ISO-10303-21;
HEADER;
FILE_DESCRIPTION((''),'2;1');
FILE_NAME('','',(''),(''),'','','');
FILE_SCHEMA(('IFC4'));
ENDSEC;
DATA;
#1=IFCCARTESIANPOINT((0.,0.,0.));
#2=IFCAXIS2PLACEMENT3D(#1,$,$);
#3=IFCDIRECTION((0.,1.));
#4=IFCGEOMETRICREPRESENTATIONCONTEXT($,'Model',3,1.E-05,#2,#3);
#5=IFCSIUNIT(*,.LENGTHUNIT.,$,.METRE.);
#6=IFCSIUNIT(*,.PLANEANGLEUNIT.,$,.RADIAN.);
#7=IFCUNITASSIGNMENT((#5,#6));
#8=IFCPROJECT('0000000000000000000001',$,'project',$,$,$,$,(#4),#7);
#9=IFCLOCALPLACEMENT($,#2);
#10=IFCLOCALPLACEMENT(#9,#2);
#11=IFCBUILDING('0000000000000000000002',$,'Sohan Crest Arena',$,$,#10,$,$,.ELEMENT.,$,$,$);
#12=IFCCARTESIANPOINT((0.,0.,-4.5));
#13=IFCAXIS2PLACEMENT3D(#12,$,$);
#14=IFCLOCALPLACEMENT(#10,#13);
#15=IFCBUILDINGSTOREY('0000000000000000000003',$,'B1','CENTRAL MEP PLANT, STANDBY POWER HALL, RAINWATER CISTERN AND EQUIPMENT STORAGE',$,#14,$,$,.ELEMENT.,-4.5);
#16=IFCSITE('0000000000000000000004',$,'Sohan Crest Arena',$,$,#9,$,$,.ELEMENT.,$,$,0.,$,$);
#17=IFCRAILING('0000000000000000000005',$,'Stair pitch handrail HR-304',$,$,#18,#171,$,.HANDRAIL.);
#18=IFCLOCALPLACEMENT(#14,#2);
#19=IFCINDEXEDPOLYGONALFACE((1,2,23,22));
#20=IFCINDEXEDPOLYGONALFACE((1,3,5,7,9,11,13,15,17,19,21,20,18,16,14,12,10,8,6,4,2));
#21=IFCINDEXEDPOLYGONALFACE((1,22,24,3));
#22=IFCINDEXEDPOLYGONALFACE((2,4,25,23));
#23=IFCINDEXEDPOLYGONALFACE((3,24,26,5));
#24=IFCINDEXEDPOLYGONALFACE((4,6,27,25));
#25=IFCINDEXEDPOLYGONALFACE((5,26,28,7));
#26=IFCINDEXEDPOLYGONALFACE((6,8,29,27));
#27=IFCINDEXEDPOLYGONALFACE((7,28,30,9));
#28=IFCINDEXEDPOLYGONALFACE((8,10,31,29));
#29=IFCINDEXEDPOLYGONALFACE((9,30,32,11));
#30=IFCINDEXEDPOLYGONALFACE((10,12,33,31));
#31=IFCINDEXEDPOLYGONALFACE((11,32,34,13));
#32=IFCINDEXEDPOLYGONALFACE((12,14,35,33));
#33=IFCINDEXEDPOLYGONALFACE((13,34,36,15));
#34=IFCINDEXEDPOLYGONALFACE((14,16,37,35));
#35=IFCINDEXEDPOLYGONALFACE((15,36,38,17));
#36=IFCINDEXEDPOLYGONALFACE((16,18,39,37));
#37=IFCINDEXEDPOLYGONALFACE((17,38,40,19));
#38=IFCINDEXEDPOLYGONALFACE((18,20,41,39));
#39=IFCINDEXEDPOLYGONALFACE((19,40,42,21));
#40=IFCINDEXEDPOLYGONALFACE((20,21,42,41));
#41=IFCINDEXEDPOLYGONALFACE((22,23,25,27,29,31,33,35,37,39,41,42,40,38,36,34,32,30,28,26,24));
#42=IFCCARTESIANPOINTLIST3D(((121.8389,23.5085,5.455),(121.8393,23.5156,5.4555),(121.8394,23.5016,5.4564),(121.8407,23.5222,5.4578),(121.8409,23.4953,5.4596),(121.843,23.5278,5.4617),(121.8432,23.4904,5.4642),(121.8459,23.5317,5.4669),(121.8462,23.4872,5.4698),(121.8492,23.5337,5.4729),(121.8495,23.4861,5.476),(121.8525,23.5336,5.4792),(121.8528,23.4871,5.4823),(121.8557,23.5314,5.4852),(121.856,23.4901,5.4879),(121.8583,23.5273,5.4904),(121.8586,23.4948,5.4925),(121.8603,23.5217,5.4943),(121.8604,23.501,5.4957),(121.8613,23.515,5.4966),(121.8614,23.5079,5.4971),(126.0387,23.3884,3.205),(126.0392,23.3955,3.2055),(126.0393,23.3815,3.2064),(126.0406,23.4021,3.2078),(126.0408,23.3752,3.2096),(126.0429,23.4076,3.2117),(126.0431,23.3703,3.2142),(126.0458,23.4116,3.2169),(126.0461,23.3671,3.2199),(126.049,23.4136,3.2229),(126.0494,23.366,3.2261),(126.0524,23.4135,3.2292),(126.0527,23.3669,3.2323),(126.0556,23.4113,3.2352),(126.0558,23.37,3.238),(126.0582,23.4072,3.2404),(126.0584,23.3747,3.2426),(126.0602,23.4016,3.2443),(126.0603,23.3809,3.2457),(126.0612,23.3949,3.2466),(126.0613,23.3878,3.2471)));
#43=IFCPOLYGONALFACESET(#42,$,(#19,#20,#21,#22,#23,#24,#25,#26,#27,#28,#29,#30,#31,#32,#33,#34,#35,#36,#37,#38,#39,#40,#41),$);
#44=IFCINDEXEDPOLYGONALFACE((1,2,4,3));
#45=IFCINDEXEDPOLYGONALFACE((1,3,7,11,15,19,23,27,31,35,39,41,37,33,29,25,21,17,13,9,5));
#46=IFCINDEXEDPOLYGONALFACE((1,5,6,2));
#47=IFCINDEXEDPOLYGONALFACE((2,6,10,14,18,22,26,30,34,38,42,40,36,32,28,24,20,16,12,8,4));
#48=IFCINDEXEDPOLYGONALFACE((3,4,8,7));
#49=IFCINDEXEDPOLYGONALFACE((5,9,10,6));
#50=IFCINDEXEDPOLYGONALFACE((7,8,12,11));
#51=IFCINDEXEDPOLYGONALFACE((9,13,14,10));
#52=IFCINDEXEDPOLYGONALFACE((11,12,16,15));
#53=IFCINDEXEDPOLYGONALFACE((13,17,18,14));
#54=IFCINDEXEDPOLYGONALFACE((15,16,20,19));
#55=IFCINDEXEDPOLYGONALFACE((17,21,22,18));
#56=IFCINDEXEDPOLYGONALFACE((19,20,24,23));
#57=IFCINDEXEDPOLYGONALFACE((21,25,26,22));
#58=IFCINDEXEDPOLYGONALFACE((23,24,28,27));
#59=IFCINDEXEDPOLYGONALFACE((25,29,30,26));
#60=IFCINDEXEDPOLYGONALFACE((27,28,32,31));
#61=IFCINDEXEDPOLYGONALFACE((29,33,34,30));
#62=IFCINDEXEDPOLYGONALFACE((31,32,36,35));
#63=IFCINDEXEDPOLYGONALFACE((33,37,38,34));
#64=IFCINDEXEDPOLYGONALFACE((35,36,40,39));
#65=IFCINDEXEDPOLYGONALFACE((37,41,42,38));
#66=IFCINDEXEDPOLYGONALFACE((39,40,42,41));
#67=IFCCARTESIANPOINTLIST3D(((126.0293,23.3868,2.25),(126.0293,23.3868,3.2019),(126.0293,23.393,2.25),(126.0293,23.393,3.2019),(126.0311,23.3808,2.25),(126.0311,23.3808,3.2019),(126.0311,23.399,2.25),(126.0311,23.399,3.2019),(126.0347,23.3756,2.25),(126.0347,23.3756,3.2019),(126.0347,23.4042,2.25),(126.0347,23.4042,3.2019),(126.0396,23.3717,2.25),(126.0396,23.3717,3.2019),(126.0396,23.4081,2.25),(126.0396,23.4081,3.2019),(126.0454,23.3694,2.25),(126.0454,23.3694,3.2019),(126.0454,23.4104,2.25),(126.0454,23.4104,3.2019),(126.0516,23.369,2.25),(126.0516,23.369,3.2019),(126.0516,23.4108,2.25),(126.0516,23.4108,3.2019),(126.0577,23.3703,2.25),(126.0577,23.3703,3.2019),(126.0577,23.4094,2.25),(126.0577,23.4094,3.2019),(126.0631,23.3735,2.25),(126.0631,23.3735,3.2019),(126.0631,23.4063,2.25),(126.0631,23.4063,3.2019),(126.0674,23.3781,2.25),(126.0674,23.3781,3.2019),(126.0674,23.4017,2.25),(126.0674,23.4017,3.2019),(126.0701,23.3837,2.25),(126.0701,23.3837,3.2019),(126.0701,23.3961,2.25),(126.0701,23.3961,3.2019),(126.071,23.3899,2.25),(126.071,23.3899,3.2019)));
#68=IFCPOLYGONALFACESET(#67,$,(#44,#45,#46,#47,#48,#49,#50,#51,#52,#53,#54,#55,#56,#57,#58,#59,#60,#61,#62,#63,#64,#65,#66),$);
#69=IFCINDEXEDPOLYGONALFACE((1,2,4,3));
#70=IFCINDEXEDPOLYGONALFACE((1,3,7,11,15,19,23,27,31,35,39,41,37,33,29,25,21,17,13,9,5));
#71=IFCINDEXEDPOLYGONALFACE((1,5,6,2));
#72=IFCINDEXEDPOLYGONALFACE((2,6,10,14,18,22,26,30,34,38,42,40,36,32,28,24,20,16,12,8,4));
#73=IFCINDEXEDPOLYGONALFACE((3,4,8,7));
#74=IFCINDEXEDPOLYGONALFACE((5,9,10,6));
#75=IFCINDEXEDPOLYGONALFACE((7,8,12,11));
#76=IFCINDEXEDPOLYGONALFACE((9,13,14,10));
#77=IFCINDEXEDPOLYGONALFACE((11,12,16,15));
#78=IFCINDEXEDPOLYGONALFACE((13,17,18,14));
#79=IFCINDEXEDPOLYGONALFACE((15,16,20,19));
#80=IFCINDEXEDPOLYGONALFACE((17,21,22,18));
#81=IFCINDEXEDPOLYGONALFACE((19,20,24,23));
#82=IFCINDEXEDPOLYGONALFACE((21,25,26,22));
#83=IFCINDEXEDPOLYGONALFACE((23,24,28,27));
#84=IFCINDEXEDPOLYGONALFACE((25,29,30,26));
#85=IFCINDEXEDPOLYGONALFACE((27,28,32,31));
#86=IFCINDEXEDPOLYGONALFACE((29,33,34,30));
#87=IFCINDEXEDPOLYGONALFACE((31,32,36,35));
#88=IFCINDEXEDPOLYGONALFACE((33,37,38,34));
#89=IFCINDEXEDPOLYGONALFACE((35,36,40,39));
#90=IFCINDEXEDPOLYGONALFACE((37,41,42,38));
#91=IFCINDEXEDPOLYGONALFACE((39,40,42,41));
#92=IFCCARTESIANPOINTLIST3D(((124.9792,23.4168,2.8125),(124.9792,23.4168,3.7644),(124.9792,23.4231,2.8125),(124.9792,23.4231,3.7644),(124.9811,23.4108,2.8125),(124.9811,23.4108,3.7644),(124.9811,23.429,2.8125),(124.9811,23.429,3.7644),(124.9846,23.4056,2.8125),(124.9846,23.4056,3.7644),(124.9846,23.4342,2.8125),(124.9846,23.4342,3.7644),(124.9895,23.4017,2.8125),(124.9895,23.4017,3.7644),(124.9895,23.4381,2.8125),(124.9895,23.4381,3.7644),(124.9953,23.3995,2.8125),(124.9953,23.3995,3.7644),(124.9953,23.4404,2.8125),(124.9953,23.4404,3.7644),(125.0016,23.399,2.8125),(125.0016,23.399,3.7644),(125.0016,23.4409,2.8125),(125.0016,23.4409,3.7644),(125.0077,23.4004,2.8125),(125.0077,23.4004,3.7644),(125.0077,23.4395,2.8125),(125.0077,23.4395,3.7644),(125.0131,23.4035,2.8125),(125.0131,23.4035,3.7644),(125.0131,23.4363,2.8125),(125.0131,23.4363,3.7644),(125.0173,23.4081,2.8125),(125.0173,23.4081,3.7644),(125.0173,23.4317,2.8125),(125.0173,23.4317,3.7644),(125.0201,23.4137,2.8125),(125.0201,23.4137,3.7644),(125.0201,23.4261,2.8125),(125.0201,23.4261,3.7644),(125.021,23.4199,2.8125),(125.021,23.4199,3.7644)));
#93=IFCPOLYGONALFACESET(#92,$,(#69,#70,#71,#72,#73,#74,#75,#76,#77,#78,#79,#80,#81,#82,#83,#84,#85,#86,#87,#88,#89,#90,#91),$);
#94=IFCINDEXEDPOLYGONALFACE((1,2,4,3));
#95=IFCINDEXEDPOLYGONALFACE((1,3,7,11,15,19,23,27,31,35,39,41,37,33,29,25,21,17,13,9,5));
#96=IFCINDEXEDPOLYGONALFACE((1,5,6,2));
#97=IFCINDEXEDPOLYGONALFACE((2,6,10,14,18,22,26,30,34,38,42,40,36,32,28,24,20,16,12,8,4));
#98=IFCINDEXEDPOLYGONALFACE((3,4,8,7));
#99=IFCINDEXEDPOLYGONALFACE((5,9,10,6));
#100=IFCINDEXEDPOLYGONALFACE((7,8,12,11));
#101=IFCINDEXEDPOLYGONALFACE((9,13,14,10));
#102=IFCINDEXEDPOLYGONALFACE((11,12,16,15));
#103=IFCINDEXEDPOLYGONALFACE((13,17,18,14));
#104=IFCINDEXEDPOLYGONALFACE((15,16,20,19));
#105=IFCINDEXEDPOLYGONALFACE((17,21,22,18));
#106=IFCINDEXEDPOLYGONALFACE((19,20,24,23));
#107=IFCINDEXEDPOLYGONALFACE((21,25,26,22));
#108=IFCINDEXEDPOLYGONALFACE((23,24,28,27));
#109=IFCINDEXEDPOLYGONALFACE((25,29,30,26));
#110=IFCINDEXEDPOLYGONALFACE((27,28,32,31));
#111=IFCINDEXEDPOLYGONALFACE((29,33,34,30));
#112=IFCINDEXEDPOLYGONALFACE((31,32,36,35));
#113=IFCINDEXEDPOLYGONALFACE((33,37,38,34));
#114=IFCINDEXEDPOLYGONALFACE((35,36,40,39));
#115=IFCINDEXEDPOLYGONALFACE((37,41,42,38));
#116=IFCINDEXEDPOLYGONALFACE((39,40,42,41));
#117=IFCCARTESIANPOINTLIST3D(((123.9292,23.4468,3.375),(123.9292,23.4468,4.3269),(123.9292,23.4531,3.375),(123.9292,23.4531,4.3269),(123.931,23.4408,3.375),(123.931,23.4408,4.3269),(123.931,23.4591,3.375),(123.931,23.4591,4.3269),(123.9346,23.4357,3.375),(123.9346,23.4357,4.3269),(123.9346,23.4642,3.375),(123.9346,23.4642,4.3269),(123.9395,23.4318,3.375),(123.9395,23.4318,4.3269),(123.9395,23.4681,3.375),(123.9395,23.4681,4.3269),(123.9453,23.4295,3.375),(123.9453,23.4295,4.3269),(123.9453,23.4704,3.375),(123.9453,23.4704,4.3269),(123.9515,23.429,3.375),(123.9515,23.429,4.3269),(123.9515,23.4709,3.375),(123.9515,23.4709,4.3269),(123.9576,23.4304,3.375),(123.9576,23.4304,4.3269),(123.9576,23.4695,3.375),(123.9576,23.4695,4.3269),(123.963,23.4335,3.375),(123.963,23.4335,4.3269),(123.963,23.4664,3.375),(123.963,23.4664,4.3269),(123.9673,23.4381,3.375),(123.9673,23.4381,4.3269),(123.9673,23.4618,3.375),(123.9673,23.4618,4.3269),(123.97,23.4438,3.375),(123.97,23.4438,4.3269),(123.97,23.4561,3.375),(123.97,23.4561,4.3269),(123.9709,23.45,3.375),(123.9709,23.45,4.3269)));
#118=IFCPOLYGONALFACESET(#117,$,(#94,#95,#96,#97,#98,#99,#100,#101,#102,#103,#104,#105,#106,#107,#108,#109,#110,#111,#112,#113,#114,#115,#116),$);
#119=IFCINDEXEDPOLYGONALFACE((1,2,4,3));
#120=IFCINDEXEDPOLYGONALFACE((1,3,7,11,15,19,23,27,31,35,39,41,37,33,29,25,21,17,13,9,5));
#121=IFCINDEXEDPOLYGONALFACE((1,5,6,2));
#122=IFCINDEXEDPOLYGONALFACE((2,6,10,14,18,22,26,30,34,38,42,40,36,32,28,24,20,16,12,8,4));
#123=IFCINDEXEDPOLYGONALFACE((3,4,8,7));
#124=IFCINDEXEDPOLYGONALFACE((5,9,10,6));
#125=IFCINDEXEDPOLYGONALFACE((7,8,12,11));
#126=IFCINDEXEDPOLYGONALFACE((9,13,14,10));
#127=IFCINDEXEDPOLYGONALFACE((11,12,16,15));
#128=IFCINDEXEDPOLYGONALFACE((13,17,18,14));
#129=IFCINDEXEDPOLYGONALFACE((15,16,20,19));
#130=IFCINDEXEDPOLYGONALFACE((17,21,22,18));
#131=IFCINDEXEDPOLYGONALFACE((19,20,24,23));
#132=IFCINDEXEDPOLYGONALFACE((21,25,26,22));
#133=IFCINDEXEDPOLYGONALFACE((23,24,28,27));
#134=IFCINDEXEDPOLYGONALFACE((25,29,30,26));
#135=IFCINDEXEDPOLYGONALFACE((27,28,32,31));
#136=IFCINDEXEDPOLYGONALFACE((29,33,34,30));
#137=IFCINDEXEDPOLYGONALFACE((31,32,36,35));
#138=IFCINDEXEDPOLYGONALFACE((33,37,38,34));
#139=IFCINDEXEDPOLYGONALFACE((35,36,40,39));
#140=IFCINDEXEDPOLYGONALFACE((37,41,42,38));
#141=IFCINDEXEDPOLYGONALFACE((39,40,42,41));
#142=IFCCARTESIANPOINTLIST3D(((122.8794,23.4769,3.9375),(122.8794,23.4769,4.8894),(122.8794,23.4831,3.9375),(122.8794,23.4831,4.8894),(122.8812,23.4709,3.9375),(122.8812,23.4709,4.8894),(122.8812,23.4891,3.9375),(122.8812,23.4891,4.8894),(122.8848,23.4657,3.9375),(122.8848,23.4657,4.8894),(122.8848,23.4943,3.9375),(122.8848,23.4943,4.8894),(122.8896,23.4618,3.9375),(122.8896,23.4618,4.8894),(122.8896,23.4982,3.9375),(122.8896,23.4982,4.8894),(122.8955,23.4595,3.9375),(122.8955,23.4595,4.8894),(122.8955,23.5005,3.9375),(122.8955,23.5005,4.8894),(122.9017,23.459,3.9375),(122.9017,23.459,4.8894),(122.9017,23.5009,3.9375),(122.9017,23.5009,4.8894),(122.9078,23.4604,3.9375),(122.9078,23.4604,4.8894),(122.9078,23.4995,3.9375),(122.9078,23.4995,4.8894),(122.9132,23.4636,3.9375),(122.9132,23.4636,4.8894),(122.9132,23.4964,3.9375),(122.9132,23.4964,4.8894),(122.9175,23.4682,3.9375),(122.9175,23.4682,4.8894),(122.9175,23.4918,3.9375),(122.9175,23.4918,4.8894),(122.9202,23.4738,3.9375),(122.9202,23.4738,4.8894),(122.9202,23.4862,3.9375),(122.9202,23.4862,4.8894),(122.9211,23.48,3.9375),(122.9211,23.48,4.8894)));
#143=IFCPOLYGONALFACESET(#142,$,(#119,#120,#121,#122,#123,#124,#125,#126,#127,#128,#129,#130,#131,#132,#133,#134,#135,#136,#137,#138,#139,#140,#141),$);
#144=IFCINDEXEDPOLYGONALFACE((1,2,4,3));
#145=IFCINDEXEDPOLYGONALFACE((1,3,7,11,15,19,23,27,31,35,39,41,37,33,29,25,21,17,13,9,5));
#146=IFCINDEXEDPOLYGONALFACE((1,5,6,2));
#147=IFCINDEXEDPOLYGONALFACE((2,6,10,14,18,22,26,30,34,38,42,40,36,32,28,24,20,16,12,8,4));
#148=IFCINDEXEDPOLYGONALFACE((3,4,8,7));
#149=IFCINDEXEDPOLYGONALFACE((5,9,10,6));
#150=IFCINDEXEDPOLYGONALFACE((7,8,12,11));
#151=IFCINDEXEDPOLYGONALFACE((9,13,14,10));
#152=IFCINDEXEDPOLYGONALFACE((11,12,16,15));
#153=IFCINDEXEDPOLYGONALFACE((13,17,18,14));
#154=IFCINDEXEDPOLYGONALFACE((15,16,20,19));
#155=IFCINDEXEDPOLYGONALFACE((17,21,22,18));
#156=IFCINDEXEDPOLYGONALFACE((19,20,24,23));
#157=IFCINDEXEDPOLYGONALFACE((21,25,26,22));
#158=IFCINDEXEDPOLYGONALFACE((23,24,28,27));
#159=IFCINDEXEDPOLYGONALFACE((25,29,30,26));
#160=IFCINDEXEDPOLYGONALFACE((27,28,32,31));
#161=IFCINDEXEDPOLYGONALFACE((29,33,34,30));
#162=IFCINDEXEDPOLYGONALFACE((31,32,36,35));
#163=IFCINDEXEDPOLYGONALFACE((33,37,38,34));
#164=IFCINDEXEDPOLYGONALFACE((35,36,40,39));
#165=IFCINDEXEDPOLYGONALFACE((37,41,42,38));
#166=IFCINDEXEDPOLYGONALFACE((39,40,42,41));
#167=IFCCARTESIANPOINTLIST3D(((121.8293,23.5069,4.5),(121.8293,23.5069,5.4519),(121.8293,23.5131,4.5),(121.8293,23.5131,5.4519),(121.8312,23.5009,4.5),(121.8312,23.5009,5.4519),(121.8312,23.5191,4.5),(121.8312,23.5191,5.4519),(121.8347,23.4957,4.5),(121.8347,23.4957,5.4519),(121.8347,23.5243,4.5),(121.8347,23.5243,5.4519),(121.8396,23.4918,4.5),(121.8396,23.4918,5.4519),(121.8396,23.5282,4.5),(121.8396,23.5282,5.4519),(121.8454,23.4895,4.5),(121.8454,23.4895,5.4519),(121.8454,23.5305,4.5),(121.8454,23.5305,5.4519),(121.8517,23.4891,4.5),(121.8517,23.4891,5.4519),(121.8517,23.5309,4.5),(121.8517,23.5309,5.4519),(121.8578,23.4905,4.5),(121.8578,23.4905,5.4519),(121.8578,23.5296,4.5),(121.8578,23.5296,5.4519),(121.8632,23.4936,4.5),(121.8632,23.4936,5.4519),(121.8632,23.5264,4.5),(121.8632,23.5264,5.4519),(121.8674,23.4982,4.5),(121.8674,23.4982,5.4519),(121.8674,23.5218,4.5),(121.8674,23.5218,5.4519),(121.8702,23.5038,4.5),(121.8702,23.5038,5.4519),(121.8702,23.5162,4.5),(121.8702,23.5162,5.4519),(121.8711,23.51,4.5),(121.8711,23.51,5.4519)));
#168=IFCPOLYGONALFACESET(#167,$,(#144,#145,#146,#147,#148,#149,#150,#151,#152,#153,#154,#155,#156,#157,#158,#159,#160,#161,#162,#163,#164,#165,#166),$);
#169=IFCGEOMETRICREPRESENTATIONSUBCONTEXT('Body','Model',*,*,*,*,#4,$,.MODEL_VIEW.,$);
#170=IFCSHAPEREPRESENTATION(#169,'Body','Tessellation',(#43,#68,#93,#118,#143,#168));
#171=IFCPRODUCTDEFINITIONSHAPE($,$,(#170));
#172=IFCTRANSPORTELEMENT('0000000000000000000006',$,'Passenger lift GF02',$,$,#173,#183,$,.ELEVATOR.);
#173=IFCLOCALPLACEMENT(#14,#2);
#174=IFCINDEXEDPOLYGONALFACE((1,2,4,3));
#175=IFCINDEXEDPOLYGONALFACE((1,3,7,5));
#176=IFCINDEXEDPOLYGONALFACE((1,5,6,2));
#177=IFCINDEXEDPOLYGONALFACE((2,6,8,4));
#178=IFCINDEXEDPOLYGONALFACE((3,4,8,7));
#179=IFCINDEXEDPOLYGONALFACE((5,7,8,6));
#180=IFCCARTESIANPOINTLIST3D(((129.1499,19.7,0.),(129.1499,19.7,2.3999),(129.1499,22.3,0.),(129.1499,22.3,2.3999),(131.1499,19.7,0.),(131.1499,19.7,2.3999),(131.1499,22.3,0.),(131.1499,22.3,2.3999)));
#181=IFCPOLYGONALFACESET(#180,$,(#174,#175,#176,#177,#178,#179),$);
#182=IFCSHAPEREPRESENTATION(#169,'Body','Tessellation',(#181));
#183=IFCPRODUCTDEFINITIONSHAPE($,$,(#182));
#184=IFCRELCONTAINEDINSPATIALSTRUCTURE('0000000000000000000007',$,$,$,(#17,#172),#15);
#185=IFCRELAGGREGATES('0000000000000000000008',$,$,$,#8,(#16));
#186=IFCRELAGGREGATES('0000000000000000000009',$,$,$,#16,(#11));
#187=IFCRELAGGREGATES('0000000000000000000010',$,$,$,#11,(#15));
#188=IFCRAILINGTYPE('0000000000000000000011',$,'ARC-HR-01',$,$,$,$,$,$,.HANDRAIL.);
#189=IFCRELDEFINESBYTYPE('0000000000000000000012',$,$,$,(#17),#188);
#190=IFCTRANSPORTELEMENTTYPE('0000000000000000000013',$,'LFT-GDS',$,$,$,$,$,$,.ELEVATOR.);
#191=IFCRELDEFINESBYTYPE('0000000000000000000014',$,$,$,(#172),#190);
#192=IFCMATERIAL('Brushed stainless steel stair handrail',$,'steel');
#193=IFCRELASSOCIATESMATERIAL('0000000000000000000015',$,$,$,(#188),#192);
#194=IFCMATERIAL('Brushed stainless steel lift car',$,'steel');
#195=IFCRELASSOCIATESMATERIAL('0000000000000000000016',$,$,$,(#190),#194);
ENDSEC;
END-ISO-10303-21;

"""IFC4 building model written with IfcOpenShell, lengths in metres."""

from ifc_helpers import new_model, si_unit, direction, frame, origin, origin_2d, place, context, subcontext, project, spatial, rectangle, circle, extrude, material, type_object, element, save


model = new_model("IFC4")

# Units and contexts
model_context = context("Model", 3, precision=1e-05, world=origin(), true_north=direction((0.0, 1.0)))
body_context = subcontext(model_context, "Body", "Model", "MODEL_VIEW")
ifc_project = project(units=[si_unit("LENGTHUNIT", "METRE"), si_unit("PLANEANGLEUNIT", "RADIAN")], contexts=[model_context])

# Site, building, storey
site_placement = place(None, origin())
site = spatial("IfcSite", under=ifc_project, at=site_placement, Name="Sohan Crest Arena", CompositionType="ELEMENT", RefElevation=0.0)
building_placement = place(site_placement, origin())
building = spatial("IfcBuilding", under=site, at=building_placement, Name="Sohan Crest Arena", CompositionType="ELEMENT")
storey_placement = place(building_placement, frame((0.0, 0.0, -4.5)))
storey = spatial("IfcBuildingStorey", under=building, at=storey_placement, Name="B1", Description="CENTRAL MEP PLANT, STANDBY POWER HALL, RAINWATER CISTERN AND EQUIPMENT STORAGE", CompositionType="ELEMENT", Elevation=-4.5)

# Railing
ifc_material_1 = material(Name="Brushed stainless steel stair handrail", Category="steel")
railing_type_1 = type_object("IfcRailingType", Name="ARC-HR-01", PredefinedType="HANDRAIL", material=ifc_material_1)
railing_1_placement = place(storey_placement, frame((126.05, 23.3899, 2.25)))
element("IfcRailing", 1, at=railing_1_placement, inside=storey, type_object=railing_type_1, Name="Stair pitch handrail HR-304", PredefinedType="HANDRAIL", context=body_context, shape_type="SweptSolid", body=[
    extrude(circle(Radius=0.0239, at=origin_2d()), frame((0.0, 0.0, 0.9761), z_axis=(-0.881198, 0.025202, 0.472076), x_axis=(-0.028588, -0.999591, 0.0)), (0.0, 0.0, 1.0), 4.7661),
    extrude(circle(Radius=0.021, at=origin_2d()), origin(), (0.0, 0.0, 1.0), 0.9519),
    extrude(circle(Radius=0.021, at=origin_2d()), frame((-1.05, 0.03, 0.5625)), (0.0, 0.0, 1.0), 0.9519),
    extrude(circle(Radius=0.021, at=origin_2d()), frame((-2.1001, 0.0601, 1.125)), (0.0, 0.0, 1.0), 0.9519),
    extrude(circle(Radius=0.021, at=origin_2d()), frame((-3.1499, 0.0901, 1.6875)), (0.0, 0.0, 1.0), 0.9519),
    extrude(circle(Radius=0.021, at=origin_2d()), frame((-4.2, 0.1201, 2.25)), (0.0, 0.0, 1.0), 0.9519),
])

# Transport element
ifc_material_2 = material(Name="Brushed stainless steel lift car", Category="steel")
transport_element_type = type_object("IfcTransportElementType", Name="LFT-GDS", PredefinedType="ELEVATOR", material=ifc_material_2)
transport_element_placement = place(storey_placement, frame((130.1499, 21.0, 0.0), z_axis=(0.0, 0.0, 1.0), x_axis=(1.0, 0.0, 0.0)))
element("IfcTransportElement", 2, at=transport_element_placement, inside=storey, type_object=transport_element_type, Name="Passenger lift GF02", PredefinedType="ELEVATOR", context=body_context, shape_type="SweptSolid", body=[
    extrude(rectangle(XDim=2.0, YDim=2.6001, at=origin_2d()), origin(), (0.0, 0.0, 1.0), 2.3999),
])

save(model, "model.ifc")
